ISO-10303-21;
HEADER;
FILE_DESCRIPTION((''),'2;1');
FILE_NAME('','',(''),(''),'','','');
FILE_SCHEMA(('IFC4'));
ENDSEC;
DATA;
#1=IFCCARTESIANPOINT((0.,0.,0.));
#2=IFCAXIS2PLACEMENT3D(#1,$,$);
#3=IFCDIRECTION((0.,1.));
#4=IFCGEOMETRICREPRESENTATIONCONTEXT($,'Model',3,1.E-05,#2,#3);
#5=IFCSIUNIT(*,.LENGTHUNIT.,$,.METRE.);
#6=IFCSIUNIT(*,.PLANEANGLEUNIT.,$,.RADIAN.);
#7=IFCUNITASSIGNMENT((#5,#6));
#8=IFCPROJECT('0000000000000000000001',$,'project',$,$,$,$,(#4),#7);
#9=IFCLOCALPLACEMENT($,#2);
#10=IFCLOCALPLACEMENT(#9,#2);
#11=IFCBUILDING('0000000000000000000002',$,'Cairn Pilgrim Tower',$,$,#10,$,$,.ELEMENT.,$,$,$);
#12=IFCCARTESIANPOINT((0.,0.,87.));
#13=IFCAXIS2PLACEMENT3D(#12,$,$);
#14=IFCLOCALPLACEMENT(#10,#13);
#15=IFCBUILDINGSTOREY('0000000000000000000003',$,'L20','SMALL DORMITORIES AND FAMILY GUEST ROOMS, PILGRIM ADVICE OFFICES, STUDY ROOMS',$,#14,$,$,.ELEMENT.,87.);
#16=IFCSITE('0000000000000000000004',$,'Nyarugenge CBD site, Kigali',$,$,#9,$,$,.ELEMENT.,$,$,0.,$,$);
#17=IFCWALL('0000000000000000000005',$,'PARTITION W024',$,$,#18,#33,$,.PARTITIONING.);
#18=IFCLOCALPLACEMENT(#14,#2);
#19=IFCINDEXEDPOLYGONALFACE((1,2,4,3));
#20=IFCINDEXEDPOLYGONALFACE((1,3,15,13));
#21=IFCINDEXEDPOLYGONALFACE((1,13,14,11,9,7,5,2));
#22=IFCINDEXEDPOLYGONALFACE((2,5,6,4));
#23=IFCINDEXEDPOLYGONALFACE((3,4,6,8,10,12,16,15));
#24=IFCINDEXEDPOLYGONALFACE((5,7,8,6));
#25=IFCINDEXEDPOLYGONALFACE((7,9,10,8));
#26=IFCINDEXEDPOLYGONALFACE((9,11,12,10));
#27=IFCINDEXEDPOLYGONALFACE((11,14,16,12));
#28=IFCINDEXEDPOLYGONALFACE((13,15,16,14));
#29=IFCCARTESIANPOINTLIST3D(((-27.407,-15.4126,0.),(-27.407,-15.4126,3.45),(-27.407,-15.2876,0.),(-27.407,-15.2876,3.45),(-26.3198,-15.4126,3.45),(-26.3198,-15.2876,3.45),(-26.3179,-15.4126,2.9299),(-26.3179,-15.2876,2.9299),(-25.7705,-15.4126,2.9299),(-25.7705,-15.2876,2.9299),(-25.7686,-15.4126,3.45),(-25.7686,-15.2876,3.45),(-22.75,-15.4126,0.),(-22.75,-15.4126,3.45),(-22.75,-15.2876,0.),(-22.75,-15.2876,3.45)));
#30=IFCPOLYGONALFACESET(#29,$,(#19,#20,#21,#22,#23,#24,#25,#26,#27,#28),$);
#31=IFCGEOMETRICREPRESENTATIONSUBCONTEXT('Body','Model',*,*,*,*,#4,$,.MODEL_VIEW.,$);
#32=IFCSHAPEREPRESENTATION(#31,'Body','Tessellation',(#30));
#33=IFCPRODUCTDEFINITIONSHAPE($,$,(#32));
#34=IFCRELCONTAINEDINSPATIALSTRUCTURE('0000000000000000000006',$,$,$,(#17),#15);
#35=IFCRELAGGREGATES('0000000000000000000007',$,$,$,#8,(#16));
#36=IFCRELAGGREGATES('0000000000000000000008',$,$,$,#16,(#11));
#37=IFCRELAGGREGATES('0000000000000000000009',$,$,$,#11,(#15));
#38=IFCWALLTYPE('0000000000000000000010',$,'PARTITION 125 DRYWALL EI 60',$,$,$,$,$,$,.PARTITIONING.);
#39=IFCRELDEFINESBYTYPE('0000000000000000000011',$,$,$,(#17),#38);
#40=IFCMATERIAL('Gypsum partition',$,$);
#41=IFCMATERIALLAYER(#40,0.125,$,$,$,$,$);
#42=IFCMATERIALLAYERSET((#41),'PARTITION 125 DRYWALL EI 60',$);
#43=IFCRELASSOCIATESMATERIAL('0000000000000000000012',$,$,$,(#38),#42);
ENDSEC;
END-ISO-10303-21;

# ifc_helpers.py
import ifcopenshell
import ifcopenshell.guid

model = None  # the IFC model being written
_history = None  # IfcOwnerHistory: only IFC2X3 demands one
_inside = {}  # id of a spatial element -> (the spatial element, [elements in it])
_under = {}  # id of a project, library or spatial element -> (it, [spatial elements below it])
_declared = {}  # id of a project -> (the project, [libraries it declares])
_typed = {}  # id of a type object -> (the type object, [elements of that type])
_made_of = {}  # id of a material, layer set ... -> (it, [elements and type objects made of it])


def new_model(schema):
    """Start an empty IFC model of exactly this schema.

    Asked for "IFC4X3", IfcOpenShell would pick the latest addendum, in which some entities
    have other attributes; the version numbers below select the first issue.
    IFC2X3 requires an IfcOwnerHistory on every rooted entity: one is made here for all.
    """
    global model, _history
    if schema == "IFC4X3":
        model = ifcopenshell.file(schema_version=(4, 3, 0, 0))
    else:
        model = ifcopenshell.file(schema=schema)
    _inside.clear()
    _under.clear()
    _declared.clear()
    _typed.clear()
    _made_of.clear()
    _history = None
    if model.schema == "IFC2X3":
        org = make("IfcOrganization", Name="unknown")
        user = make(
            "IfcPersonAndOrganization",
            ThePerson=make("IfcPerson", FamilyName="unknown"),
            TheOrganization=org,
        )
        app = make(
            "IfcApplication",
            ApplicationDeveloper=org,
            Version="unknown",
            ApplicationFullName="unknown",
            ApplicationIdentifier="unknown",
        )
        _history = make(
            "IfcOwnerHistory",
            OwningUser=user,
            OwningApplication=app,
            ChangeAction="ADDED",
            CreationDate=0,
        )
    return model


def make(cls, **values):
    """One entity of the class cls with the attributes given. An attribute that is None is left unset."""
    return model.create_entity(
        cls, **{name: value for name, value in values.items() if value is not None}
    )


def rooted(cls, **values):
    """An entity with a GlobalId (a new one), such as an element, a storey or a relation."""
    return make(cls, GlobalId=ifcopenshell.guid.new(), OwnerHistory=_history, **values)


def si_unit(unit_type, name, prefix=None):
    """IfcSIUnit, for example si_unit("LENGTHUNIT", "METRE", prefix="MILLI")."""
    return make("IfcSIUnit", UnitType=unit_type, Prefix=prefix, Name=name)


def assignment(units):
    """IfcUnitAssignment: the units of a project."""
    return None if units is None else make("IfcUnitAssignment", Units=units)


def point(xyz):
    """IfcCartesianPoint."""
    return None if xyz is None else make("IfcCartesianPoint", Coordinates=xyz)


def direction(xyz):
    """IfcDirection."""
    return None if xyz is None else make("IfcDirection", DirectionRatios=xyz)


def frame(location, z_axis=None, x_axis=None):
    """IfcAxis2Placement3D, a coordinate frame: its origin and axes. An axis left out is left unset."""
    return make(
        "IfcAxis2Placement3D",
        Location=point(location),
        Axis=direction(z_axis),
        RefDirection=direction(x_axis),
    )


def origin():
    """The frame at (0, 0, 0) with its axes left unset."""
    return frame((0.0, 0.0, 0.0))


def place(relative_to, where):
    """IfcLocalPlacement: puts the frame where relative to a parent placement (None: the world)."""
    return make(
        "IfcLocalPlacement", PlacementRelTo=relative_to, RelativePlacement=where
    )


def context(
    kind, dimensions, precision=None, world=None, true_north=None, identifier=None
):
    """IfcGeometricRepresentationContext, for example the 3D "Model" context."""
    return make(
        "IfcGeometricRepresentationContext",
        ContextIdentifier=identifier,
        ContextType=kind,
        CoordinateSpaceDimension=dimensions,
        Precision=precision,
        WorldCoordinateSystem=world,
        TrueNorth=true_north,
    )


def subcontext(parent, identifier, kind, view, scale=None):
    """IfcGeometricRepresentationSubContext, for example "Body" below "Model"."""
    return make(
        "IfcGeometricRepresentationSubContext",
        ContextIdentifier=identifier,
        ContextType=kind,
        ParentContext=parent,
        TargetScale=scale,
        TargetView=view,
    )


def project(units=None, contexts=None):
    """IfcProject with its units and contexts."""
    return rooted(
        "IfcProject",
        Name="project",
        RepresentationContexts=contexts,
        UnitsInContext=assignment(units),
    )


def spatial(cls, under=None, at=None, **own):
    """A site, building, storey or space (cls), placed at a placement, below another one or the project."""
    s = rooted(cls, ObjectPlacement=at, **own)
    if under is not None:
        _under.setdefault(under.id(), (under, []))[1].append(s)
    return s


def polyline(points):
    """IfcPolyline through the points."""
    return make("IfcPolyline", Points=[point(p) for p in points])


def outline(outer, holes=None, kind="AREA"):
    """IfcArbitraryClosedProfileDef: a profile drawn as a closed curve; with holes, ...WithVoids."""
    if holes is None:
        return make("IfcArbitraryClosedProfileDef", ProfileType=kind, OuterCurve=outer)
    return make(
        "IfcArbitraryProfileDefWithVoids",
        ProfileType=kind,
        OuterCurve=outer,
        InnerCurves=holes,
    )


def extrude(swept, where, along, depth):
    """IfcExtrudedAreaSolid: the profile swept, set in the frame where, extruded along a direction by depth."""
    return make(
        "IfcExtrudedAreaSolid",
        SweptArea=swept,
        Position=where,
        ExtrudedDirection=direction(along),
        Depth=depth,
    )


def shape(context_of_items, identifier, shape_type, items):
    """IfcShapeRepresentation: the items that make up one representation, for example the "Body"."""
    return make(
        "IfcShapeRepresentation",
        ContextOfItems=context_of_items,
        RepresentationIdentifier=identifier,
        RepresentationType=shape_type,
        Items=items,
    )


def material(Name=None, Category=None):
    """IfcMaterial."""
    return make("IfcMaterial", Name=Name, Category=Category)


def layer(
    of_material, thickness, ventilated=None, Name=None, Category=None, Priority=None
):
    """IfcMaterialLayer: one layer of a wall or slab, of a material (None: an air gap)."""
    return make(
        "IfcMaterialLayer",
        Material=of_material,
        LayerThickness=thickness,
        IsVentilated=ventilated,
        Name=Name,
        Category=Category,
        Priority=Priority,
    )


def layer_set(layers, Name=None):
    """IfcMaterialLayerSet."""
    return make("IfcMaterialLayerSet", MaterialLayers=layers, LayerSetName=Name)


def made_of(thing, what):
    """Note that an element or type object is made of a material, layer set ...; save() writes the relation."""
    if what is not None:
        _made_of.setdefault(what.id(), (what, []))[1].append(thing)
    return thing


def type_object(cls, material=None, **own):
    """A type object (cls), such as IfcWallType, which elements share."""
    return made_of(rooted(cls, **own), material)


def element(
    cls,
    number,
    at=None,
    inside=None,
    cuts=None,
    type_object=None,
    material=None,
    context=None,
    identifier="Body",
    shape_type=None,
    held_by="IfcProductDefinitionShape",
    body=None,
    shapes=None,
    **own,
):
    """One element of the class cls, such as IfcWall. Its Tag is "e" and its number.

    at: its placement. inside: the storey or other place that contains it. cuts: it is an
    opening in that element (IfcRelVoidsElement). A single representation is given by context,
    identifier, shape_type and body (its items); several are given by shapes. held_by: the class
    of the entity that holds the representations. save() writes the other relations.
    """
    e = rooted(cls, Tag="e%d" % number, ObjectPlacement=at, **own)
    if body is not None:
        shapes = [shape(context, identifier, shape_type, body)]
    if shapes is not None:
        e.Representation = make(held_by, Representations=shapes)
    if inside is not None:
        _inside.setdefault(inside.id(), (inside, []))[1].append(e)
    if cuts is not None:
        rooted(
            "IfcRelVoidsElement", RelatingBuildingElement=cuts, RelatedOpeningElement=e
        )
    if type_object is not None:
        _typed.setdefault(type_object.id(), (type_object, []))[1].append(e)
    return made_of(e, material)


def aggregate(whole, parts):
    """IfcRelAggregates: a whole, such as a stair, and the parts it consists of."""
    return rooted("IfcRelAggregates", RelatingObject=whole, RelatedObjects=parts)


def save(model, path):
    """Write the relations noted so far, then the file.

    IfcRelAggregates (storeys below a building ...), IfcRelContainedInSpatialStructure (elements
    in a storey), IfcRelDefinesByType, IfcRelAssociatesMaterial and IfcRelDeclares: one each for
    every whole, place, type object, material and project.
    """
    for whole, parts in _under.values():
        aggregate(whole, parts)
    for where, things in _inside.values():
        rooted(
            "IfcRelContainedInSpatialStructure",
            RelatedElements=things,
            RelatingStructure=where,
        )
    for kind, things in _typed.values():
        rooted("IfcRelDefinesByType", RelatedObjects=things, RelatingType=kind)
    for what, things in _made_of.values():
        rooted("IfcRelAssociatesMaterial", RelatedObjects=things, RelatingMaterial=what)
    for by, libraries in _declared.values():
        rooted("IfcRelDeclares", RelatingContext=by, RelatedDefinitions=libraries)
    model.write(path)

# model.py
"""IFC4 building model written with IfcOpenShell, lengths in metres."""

from ifc_helpers import new_model, si_unit, direction, frame, origin, place, context, subcontext, project, spatial, polyline, outline, extrude, material, layer, layer_set, type_object, element, save


model = new_model("IFC4")

# Units and contexts
model_context = context("Model", 3, precision=1e-05, world=origin(), true_north=direction((0.0, 1.0)))
body_context = subcontext(model_context, "Body", "Model", "MODEL_VIEW")
ifc_project = project(units=[si_unit("LENGTHUNIT", "METRE"), si_unit("PLANEANGLEUNIT", "RADIAN")], contexts=[model_context])

# Site, building, storey
site_placement = place(None, origin())
site = spatial("IfcSite", under=ifc_project, at=site_placement, Name="Nyarugenge CBD site, Kigali", CompositionType="ELEMENT", RefElevation=0.0)
building_placement = place(site_placement, origin())
building = spatial("IfcBuilding", under=site, at=building_placement, Name="Cairn Pilgrim Tower", CompositionType="ELEMENT")
storey_placement = place(building_placement, frame((0.0, 0.0, 87.0)))
storey = spatial("IfcBuildingStorey", under=building, at=storey_placement, Name="L20", Description="SMALL DORMITORIES AND FAMILY GUEST ROOMS, PILGRIM ADVICE OFFICES, STUDY ROOMS", CompositionType="ELEMENT", Elevation=87.0)

# Wall
ifc_material_1 = material(Name="Gypsum partition")
ifc_layer_1 = layer(ifc_material_1, 0.125)
ifc_layer_set_1 = layer_set([ifc_layer_1], Name="PARTITION 125 DRYWALL EI 60")
wall_type = type_object("IfcWallType", Name="PARTITION 125 DRYWALL EI 60", PredefinedType="PARTITIONING", material=ifc_layer_set_1)
wall_1_placement = place(storey_placement, frame((-27.407, -15.3501, 0.0), z_axis=(0.0, 0.0, 1.0), x_axis=(1.0, 0.0, 0.0)))
element("IfcWall", 1, at=wall_1_placement, inside=storey, type_object=wall_type, Name="PARTITION W024", PredefinedType="PARTITIONING", context=body_context, shape_type="SweptSolid", body=[
    extrude(outline(polyline([(0.0, 0.0), (4.657, 0.0), (4.657, 3.45), (1.6384, 3.45), (1.6365, 2.9299), (1.0891, 2.9299), (1.0872, 3.45), (0.0, 3.45), (0.0, 0.0)])), frame((0.0, 0.0625, 0.0), z_axis=(0.0, -1.0, 0.0), x_axis=(1.0, 0.0, 0.0)), (0.0, 0.0, 1.0), 0.125),
])

save(model, "model.ifc")
